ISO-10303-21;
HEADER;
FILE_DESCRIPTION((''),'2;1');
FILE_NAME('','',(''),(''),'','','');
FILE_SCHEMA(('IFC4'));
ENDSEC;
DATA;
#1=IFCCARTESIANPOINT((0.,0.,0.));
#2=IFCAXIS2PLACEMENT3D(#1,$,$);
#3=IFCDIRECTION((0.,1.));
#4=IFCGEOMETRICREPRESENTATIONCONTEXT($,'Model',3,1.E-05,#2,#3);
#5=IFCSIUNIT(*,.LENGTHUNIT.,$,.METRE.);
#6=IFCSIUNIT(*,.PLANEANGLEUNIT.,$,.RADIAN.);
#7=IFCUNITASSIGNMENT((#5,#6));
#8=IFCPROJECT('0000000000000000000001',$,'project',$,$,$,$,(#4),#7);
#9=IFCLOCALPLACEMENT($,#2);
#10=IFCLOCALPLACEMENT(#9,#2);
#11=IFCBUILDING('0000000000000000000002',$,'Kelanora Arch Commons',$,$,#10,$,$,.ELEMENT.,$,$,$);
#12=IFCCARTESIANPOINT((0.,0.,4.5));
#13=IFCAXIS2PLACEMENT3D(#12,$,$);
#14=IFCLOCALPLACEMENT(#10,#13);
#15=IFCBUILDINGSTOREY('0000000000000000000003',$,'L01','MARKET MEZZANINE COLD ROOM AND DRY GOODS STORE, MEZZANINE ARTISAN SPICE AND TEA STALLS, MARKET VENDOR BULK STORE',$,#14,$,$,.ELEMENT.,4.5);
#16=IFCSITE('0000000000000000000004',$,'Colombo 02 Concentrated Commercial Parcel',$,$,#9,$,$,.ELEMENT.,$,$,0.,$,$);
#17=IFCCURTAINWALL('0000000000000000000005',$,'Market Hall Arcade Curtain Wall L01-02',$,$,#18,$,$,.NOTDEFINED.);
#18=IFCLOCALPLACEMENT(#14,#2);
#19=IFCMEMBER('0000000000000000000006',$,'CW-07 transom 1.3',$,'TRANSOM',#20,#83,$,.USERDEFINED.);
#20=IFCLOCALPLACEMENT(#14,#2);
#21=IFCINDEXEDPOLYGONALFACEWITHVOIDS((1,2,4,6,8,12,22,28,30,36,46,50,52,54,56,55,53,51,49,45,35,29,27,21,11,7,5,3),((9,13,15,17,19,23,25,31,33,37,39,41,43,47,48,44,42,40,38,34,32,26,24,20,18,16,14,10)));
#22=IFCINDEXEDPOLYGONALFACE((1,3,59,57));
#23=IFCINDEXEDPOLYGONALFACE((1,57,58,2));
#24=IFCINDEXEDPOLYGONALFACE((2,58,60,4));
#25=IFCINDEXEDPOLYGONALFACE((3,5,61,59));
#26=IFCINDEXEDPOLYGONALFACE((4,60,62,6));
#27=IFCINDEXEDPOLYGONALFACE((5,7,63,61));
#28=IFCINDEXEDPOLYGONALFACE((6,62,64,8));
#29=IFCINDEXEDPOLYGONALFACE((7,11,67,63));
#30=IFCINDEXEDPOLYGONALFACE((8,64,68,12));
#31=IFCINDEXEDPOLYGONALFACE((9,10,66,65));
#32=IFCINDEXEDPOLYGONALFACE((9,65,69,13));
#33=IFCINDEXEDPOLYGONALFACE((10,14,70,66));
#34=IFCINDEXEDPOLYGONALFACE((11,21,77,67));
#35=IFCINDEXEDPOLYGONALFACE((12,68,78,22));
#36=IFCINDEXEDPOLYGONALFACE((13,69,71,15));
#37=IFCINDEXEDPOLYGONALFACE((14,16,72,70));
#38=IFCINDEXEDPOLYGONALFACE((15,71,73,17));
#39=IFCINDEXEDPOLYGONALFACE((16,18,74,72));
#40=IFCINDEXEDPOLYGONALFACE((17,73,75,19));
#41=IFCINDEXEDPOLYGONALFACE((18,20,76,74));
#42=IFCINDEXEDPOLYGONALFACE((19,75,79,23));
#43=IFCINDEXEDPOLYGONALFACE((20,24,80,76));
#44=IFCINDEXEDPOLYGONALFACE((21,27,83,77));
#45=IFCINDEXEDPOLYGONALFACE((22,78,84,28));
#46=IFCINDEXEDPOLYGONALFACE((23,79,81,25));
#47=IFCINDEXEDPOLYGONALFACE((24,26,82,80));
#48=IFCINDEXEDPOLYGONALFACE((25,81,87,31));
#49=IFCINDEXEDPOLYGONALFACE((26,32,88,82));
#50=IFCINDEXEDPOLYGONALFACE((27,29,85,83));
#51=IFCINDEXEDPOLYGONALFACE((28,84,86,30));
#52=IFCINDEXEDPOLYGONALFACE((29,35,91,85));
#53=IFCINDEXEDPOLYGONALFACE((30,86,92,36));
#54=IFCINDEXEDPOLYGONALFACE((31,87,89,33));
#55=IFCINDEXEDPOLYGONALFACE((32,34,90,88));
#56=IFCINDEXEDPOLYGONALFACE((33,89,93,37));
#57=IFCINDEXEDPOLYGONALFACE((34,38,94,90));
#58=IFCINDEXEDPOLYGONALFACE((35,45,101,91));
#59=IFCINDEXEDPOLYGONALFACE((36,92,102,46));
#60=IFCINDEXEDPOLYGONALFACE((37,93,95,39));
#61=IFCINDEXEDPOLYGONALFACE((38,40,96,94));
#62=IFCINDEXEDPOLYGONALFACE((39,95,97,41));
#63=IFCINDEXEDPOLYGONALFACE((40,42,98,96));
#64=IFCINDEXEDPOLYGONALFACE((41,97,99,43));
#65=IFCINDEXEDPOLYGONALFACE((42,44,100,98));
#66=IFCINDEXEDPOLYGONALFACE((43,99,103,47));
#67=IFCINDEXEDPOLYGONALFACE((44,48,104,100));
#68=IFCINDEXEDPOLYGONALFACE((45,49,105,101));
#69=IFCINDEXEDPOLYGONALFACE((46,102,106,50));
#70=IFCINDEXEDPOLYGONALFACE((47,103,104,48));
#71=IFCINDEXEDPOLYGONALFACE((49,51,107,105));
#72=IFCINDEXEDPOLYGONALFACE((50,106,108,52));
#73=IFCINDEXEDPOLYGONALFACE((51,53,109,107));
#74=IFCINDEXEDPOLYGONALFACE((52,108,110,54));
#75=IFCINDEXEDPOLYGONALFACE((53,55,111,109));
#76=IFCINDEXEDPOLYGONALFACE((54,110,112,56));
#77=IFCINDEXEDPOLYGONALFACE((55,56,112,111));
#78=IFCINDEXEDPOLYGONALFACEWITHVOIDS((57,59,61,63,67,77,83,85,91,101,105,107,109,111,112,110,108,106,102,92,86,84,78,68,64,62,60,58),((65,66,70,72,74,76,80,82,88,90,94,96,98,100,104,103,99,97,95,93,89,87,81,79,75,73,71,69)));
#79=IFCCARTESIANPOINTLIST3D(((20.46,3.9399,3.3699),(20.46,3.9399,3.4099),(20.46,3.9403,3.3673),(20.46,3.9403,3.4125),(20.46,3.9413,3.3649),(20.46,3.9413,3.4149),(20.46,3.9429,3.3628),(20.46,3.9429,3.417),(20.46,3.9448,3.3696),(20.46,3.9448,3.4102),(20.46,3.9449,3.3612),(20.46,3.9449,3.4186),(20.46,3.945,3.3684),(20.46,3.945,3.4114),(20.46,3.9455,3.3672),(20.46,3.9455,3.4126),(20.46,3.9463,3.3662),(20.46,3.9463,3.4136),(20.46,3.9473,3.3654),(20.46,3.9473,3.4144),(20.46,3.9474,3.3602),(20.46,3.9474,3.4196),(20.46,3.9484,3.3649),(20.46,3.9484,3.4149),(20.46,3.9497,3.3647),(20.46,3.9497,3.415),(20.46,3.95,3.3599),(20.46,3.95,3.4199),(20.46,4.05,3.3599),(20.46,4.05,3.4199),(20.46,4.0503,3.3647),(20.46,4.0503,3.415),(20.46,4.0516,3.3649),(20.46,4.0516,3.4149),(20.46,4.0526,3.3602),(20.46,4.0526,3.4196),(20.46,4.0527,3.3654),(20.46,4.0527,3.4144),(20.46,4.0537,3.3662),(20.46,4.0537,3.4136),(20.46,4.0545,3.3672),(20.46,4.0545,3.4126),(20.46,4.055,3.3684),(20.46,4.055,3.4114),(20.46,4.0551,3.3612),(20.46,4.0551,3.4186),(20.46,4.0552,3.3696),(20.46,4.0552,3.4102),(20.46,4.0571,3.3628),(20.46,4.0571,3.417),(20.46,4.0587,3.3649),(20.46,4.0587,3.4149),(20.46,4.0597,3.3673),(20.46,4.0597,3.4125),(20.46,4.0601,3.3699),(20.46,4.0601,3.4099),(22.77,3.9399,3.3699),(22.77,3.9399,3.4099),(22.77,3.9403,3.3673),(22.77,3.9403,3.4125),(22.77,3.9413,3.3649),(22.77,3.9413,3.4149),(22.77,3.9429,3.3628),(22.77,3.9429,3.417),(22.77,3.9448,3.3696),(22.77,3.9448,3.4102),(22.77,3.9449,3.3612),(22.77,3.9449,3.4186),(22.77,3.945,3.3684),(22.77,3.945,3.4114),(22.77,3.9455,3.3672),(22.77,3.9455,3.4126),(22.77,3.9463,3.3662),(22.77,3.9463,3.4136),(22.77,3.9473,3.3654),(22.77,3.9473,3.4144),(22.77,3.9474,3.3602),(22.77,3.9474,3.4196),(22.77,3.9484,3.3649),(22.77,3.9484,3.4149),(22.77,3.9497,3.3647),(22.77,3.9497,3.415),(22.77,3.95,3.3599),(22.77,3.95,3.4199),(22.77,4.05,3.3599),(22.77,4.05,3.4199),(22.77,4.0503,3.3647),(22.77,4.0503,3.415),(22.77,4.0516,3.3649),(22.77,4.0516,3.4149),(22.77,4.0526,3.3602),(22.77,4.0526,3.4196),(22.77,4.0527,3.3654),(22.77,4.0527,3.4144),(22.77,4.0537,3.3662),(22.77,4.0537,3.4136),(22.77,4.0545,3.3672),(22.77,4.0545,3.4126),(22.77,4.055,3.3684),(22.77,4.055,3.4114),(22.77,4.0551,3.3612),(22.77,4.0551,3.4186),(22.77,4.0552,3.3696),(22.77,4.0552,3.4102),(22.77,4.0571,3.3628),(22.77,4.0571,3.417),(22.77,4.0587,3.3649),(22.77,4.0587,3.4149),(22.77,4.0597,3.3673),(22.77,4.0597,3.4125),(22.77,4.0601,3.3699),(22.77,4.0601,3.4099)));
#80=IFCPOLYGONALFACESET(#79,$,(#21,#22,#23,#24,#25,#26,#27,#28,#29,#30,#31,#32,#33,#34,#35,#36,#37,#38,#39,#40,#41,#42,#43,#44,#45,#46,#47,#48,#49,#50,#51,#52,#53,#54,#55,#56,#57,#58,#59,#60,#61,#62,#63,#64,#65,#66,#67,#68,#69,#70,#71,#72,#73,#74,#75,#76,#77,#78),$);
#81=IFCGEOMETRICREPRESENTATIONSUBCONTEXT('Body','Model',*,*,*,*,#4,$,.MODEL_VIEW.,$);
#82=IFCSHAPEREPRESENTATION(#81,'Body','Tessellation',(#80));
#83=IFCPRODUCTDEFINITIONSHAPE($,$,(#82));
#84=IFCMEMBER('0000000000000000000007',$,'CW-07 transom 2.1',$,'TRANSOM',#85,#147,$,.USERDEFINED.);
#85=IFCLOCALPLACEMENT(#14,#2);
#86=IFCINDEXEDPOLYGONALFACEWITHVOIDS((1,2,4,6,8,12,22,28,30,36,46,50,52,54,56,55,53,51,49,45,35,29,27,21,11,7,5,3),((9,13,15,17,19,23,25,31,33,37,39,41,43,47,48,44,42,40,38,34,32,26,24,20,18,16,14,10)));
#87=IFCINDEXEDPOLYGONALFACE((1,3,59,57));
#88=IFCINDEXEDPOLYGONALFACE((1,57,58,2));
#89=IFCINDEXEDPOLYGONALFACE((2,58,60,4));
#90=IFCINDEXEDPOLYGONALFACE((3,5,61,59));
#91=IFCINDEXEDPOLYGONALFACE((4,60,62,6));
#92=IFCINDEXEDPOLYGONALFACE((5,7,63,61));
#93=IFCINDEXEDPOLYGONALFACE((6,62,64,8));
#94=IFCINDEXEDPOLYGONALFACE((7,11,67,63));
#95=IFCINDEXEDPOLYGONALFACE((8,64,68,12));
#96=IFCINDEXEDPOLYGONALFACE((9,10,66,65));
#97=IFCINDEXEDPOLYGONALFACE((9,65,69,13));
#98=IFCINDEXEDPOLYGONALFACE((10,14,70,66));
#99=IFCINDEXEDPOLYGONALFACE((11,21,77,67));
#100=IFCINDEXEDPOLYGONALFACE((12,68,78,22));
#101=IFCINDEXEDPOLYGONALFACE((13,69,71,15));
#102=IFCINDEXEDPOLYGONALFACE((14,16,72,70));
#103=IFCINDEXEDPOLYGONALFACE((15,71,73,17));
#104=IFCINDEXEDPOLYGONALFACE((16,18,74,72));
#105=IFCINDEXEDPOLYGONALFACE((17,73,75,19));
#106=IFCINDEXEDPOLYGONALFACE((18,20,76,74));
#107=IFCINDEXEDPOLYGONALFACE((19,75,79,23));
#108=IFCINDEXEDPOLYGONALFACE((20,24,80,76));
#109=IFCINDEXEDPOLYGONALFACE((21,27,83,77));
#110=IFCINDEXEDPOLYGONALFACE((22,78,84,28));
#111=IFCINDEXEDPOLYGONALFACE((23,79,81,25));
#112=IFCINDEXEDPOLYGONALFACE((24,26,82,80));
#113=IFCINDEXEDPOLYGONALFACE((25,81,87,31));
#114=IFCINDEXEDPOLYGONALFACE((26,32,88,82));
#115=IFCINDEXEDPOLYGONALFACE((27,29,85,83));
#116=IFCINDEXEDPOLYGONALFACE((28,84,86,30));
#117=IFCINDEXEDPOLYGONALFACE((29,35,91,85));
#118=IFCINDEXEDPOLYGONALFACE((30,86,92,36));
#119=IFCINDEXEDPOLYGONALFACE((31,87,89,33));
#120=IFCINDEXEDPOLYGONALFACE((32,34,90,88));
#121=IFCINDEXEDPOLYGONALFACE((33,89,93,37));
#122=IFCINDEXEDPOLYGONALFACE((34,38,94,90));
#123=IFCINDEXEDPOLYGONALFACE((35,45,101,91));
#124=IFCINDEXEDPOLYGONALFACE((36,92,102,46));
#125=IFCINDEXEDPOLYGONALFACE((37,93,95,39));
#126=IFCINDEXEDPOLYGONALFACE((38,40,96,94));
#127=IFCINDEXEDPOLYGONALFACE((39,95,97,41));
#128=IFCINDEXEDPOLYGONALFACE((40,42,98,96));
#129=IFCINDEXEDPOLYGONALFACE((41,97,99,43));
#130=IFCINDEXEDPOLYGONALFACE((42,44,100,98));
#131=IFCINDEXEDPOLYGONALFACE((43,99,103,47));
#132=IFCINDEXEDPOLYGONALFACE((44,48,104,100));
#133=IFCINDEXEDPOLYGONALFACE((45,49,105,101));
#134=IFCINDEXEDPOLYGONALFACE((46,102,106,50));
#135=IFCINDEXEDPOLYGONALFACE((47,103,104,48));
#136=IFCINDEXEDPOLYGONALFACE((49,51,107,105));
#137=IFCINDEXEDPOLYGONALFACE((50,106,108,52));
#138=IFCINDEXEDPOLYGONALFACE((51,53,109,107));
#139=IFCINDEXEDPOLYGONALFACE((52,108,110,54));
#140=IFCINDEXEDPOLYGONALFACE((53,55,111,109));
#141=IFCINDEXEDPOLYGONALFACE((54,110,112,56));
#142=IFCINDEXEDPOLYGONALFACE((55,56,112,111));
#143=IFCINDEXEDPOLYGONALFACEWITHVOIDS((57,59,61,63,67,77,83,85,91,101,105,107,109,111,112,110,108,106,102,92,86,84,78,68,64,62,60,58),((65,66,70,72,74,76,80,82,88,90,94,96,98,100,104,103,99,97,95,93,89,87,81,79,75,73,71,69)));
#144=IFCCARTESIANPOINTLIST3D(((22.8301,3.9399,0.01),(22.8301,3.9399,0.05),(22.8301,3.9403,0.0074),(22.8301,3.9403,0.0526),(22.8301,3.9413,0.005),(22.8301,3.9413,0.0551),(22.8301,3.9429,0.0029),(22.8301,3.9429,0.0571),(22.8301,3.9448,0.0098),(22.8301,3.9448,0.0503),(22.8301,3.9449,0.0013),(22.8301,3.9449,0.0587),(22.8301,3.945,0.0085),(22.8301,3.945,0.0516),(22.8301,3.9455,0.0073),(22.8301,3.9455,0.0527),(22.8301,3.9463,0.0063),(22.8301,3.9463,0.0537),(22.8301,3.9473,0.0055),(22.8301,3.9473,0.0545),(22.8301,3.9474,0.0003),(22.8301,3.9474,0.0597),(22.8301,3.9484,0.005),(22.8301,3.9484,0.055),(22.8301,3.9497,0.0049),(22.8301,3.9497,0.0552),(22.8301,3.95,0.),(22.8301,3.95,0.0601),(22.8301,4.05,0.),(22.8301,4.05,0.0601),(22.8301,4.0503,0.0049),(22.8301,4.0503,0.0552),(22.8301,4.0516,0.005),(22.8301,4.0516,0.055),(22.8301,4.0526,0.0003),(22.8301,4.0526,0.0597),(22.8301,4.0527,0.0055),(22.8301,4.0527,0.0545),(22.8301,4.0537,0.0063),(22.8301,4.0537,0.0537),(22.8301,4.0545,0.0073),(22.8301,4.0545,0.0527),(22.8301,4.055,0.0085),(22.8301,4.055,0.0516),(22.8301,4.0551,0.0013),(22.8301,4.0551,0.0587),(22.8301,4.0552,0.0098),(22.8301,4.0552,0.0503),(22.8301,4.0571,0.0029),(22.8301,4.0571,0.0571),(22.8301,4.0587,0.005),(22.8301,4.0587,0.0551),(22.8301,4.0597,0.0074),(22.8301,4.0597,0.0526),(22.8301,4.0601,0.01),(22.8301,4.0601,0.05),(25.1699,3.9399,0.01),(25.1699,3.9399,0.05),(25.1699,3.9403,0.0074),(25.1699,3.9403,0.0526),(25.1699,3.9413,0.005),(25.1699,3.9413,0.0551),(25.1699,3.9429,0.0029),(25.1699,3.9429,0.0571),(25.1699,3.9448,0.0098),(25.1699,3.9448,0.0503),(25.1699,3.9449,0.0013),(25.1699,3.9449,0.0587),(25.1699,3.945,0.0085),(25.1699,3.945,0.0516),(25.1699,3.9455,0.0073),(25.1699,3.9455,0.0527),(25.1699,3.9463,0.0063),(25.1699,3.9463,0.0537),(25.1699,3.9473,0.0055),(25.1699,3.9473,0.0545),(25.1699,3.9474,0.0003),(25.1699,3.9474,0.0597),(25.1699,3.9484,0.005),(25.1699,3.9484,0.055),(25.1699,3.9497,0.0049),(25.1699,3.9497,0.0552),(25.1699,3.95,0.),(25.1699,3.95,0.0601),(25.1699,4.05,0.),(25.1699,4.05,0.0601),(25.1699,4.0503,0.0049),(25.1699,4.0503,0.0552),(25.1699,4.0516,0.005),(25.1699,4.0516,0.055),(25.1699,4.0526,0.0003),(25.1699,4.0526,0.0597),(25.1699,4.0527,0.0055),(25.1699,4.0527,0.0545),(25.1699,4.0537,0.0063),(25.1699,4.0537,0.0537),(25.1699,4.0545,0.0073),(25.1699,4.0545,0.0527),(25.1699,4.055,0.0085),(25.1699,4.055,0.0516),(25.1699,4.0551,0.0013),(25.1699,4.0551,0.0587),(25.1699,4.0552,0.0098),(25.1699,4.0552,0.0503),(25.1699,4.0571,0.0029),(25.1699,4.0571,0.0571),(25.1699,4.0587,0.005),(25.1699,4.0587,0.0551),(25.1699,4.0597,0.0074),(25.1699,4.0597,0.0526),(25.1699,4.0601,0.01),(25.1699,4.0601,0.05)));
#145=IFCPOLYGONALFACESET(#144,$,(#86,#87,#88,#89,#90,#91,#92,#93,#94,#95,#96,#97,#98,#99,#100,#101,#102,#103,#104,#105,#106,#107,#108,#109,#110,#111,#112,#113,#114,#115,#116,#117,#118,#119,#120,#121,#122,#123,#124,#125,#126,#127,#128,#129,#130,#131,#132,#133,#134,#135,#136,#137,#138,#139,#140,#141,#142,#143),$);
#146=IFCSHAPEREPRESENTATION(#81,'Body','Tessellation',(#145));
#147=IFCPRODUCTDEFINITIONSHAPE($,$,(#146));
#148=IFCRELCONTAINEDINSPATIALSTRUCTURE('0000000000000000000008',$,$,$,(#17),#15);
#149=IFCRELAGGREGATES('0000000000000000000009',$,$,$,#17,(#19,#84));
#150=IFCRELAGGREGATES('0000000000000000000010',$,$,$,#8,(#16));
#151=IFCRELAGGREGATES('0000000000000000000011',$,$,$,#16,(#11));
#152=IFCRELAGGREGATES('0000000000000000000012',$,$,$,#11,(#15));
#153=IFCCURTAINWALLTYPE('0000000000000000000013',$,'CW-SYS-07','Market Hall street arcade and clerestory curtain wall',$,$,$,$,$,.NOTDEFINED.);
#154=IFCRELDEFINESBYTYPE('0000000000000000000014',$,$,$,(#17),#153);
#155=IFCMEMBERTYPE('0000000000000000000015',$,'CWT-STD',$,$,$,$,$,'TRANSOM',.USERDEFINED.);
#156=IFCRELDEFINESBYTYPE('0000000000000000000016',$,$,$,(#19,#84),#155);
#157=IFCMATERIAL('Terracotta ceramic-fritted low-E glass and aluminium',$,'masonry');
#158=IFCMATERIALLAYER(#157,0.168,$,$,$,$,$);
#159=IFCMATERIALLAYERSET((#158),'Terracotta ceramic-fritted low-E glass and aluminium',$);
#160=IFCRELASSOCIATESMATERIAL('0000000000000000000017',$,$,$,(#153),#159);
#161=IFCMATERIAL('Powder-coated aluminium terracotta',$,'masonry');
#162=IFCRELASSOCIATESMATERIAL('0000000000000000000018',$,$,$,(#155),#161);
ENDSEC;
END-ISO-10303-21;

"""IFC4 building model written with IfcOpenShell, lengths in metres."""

from ifc_helpers import new_model, si_unit, direction, frame, origin, origin_2d, place, context, subcontext, project, spatial, hollow_rectangle, extrude, material, layer, layer_set, material_profile, profile_set, type_object, element, aggregate, save


model = new_model("IFC4")

# Units and contexts
model_context = context("Model", 3, precision=1e-05, world=origin(), true_north=direction((0.0, 1.0)))
body_context = subcontext(model_context, "Body", "Model", "MODEL_VIEW")
ifc_project = project(units=[si_unit("LENGTHUNIT", "METRE"), si_unit("PLANEANGLEUNIT", "RADIAN")], contexts=[model_context])

# Site, building, storey
site_placement = place(None, origin())
site = spatial("IfcSite", under=ifc_project, at=site_placement, Name="Colombo 02 Concentrated Commercial Parcel", CompositionType="ELEMENT", RefElevation=0.0)
building_placement = place(site_placement, origin())
building = spatial("IfcBuilding", under=site, at=building_placement, Name="Kelanora Arch Commons", CompositionType="ELEMENT")
storey_placement = place(building_placement, frame((0.0, 0.0, 4.5)))
storey = spatial("IfcBuildingStorey", under=building, at=storey_placement, Name="L01", Description="MARKET MEZZANINE COLD ROOM AND DRY GOODS STORE, MEZZANINE ARTISAN SPICE AND TEA STALLS, MARKET VENDOR BULK STORE", CompositionType="ELEMENT", Elevation=4.5)

# Curtain wall, members
ifc_material_1 = material(Name="Terracotta ceramic-fritted low-E glass and aluminium", Category="masonry")
ifc_layer_1 = layer(ifc_material_1, 0.168)
ifc_layer_set_1 = layer_set([ifc_layer_1], Name="Terracotta ceramic-fritted low-E glass and aluminium")
curtain_wall_type = type_object("IfcCurtainWallType", Name="CW-SYS-07", Description="Market Hall street arcade and clerestory curtain wall", PredefinedType="NOTDEFINED", material=ifc_layer_set_1)
curtain_wall_placement = place(storey_placement, origin())
curtain_wall = element("IfcCurtainWall", 1, at=curtain_wall_placement, inside=storey, type_object=curtain_wall_type, Name="Market Hall Arcade Curtain Wall L01-02", PredefinedType="NOTDEFINED")
ifc_material_2 = material(Name="Powder-coated aluminium terracotta", Category="masonry")
ifc_material_profile_1 = material_profile(ifc_material_2, hollow_rectangle(XDim=0.1201, YDim=0.0601, WallThickness=0.0049, InnerFilletRadius=0.0049, OuterFilletRadius=0.01, at=origin_2d()), Name="CWT120x60")
ifc_profile_set_1 = profile_set([ifc_material_profile_1], Name="Powder-coated aluminium terracotta")
member_type_1 = type_object("IfcMemberType", Name="CWT-STD", ElementType="TRANSOM", PredefinedType="USERDEFINED", material=ifc_profile_set_1)
member_1_placement = place(storey_placement, frame((20.46, 4.0, 3.3899), z_axis=(1.0, 0.0, 0.0), x_axis=(0.0, 1.0, 0.0)))
member_1 = element("IfcMember", 2, at=member_1_placement, type_object=member_type_1, Name="CW-07 transom 1.3", ObjectType="TRANSOM", PredefinedType="USERDEFINED", context=body_context, shape_type="SweptSolid", body=[
    extrude(hollow_rectangle(XDim=0.1201, YDim=0.0601, WallThickness=0.0049, InnerFilletRadius=0.0049, OuterFilletRadius=0.01, at=origin_2d()), origin(), (0.0, 0.0, 1.0), 2.3101),
])
member_2_placement = place(storey_placement, frame((22.8301, 4.0, 0.03), z_axis=(1.0, 0.0, 0.0), x_axis=(0.0, 1.0, 0.0)))
member_2 = element("IfcMember", 3, at=member_2_placement, type_object=member_type_1, Name="CW-07 transom 2.1", ObjectType="TRANSOM", PredefinedType="USERDEFINED", context=body_context, shape_type="SweptSolid", body=[
    extrude(hollow_rectangle(XDim=0.1201, YDim=0.0601, WallThickness=0.0049, InnerFilletRadius=0.0049, OuterFilletRadius=0.01, at=origin_2d()), origin(), (0.0, 0.0, 1.0), 2.3398),
])
aggregate(curtain_wall, [member_1, member_2])

save(model, "model.ifc")
